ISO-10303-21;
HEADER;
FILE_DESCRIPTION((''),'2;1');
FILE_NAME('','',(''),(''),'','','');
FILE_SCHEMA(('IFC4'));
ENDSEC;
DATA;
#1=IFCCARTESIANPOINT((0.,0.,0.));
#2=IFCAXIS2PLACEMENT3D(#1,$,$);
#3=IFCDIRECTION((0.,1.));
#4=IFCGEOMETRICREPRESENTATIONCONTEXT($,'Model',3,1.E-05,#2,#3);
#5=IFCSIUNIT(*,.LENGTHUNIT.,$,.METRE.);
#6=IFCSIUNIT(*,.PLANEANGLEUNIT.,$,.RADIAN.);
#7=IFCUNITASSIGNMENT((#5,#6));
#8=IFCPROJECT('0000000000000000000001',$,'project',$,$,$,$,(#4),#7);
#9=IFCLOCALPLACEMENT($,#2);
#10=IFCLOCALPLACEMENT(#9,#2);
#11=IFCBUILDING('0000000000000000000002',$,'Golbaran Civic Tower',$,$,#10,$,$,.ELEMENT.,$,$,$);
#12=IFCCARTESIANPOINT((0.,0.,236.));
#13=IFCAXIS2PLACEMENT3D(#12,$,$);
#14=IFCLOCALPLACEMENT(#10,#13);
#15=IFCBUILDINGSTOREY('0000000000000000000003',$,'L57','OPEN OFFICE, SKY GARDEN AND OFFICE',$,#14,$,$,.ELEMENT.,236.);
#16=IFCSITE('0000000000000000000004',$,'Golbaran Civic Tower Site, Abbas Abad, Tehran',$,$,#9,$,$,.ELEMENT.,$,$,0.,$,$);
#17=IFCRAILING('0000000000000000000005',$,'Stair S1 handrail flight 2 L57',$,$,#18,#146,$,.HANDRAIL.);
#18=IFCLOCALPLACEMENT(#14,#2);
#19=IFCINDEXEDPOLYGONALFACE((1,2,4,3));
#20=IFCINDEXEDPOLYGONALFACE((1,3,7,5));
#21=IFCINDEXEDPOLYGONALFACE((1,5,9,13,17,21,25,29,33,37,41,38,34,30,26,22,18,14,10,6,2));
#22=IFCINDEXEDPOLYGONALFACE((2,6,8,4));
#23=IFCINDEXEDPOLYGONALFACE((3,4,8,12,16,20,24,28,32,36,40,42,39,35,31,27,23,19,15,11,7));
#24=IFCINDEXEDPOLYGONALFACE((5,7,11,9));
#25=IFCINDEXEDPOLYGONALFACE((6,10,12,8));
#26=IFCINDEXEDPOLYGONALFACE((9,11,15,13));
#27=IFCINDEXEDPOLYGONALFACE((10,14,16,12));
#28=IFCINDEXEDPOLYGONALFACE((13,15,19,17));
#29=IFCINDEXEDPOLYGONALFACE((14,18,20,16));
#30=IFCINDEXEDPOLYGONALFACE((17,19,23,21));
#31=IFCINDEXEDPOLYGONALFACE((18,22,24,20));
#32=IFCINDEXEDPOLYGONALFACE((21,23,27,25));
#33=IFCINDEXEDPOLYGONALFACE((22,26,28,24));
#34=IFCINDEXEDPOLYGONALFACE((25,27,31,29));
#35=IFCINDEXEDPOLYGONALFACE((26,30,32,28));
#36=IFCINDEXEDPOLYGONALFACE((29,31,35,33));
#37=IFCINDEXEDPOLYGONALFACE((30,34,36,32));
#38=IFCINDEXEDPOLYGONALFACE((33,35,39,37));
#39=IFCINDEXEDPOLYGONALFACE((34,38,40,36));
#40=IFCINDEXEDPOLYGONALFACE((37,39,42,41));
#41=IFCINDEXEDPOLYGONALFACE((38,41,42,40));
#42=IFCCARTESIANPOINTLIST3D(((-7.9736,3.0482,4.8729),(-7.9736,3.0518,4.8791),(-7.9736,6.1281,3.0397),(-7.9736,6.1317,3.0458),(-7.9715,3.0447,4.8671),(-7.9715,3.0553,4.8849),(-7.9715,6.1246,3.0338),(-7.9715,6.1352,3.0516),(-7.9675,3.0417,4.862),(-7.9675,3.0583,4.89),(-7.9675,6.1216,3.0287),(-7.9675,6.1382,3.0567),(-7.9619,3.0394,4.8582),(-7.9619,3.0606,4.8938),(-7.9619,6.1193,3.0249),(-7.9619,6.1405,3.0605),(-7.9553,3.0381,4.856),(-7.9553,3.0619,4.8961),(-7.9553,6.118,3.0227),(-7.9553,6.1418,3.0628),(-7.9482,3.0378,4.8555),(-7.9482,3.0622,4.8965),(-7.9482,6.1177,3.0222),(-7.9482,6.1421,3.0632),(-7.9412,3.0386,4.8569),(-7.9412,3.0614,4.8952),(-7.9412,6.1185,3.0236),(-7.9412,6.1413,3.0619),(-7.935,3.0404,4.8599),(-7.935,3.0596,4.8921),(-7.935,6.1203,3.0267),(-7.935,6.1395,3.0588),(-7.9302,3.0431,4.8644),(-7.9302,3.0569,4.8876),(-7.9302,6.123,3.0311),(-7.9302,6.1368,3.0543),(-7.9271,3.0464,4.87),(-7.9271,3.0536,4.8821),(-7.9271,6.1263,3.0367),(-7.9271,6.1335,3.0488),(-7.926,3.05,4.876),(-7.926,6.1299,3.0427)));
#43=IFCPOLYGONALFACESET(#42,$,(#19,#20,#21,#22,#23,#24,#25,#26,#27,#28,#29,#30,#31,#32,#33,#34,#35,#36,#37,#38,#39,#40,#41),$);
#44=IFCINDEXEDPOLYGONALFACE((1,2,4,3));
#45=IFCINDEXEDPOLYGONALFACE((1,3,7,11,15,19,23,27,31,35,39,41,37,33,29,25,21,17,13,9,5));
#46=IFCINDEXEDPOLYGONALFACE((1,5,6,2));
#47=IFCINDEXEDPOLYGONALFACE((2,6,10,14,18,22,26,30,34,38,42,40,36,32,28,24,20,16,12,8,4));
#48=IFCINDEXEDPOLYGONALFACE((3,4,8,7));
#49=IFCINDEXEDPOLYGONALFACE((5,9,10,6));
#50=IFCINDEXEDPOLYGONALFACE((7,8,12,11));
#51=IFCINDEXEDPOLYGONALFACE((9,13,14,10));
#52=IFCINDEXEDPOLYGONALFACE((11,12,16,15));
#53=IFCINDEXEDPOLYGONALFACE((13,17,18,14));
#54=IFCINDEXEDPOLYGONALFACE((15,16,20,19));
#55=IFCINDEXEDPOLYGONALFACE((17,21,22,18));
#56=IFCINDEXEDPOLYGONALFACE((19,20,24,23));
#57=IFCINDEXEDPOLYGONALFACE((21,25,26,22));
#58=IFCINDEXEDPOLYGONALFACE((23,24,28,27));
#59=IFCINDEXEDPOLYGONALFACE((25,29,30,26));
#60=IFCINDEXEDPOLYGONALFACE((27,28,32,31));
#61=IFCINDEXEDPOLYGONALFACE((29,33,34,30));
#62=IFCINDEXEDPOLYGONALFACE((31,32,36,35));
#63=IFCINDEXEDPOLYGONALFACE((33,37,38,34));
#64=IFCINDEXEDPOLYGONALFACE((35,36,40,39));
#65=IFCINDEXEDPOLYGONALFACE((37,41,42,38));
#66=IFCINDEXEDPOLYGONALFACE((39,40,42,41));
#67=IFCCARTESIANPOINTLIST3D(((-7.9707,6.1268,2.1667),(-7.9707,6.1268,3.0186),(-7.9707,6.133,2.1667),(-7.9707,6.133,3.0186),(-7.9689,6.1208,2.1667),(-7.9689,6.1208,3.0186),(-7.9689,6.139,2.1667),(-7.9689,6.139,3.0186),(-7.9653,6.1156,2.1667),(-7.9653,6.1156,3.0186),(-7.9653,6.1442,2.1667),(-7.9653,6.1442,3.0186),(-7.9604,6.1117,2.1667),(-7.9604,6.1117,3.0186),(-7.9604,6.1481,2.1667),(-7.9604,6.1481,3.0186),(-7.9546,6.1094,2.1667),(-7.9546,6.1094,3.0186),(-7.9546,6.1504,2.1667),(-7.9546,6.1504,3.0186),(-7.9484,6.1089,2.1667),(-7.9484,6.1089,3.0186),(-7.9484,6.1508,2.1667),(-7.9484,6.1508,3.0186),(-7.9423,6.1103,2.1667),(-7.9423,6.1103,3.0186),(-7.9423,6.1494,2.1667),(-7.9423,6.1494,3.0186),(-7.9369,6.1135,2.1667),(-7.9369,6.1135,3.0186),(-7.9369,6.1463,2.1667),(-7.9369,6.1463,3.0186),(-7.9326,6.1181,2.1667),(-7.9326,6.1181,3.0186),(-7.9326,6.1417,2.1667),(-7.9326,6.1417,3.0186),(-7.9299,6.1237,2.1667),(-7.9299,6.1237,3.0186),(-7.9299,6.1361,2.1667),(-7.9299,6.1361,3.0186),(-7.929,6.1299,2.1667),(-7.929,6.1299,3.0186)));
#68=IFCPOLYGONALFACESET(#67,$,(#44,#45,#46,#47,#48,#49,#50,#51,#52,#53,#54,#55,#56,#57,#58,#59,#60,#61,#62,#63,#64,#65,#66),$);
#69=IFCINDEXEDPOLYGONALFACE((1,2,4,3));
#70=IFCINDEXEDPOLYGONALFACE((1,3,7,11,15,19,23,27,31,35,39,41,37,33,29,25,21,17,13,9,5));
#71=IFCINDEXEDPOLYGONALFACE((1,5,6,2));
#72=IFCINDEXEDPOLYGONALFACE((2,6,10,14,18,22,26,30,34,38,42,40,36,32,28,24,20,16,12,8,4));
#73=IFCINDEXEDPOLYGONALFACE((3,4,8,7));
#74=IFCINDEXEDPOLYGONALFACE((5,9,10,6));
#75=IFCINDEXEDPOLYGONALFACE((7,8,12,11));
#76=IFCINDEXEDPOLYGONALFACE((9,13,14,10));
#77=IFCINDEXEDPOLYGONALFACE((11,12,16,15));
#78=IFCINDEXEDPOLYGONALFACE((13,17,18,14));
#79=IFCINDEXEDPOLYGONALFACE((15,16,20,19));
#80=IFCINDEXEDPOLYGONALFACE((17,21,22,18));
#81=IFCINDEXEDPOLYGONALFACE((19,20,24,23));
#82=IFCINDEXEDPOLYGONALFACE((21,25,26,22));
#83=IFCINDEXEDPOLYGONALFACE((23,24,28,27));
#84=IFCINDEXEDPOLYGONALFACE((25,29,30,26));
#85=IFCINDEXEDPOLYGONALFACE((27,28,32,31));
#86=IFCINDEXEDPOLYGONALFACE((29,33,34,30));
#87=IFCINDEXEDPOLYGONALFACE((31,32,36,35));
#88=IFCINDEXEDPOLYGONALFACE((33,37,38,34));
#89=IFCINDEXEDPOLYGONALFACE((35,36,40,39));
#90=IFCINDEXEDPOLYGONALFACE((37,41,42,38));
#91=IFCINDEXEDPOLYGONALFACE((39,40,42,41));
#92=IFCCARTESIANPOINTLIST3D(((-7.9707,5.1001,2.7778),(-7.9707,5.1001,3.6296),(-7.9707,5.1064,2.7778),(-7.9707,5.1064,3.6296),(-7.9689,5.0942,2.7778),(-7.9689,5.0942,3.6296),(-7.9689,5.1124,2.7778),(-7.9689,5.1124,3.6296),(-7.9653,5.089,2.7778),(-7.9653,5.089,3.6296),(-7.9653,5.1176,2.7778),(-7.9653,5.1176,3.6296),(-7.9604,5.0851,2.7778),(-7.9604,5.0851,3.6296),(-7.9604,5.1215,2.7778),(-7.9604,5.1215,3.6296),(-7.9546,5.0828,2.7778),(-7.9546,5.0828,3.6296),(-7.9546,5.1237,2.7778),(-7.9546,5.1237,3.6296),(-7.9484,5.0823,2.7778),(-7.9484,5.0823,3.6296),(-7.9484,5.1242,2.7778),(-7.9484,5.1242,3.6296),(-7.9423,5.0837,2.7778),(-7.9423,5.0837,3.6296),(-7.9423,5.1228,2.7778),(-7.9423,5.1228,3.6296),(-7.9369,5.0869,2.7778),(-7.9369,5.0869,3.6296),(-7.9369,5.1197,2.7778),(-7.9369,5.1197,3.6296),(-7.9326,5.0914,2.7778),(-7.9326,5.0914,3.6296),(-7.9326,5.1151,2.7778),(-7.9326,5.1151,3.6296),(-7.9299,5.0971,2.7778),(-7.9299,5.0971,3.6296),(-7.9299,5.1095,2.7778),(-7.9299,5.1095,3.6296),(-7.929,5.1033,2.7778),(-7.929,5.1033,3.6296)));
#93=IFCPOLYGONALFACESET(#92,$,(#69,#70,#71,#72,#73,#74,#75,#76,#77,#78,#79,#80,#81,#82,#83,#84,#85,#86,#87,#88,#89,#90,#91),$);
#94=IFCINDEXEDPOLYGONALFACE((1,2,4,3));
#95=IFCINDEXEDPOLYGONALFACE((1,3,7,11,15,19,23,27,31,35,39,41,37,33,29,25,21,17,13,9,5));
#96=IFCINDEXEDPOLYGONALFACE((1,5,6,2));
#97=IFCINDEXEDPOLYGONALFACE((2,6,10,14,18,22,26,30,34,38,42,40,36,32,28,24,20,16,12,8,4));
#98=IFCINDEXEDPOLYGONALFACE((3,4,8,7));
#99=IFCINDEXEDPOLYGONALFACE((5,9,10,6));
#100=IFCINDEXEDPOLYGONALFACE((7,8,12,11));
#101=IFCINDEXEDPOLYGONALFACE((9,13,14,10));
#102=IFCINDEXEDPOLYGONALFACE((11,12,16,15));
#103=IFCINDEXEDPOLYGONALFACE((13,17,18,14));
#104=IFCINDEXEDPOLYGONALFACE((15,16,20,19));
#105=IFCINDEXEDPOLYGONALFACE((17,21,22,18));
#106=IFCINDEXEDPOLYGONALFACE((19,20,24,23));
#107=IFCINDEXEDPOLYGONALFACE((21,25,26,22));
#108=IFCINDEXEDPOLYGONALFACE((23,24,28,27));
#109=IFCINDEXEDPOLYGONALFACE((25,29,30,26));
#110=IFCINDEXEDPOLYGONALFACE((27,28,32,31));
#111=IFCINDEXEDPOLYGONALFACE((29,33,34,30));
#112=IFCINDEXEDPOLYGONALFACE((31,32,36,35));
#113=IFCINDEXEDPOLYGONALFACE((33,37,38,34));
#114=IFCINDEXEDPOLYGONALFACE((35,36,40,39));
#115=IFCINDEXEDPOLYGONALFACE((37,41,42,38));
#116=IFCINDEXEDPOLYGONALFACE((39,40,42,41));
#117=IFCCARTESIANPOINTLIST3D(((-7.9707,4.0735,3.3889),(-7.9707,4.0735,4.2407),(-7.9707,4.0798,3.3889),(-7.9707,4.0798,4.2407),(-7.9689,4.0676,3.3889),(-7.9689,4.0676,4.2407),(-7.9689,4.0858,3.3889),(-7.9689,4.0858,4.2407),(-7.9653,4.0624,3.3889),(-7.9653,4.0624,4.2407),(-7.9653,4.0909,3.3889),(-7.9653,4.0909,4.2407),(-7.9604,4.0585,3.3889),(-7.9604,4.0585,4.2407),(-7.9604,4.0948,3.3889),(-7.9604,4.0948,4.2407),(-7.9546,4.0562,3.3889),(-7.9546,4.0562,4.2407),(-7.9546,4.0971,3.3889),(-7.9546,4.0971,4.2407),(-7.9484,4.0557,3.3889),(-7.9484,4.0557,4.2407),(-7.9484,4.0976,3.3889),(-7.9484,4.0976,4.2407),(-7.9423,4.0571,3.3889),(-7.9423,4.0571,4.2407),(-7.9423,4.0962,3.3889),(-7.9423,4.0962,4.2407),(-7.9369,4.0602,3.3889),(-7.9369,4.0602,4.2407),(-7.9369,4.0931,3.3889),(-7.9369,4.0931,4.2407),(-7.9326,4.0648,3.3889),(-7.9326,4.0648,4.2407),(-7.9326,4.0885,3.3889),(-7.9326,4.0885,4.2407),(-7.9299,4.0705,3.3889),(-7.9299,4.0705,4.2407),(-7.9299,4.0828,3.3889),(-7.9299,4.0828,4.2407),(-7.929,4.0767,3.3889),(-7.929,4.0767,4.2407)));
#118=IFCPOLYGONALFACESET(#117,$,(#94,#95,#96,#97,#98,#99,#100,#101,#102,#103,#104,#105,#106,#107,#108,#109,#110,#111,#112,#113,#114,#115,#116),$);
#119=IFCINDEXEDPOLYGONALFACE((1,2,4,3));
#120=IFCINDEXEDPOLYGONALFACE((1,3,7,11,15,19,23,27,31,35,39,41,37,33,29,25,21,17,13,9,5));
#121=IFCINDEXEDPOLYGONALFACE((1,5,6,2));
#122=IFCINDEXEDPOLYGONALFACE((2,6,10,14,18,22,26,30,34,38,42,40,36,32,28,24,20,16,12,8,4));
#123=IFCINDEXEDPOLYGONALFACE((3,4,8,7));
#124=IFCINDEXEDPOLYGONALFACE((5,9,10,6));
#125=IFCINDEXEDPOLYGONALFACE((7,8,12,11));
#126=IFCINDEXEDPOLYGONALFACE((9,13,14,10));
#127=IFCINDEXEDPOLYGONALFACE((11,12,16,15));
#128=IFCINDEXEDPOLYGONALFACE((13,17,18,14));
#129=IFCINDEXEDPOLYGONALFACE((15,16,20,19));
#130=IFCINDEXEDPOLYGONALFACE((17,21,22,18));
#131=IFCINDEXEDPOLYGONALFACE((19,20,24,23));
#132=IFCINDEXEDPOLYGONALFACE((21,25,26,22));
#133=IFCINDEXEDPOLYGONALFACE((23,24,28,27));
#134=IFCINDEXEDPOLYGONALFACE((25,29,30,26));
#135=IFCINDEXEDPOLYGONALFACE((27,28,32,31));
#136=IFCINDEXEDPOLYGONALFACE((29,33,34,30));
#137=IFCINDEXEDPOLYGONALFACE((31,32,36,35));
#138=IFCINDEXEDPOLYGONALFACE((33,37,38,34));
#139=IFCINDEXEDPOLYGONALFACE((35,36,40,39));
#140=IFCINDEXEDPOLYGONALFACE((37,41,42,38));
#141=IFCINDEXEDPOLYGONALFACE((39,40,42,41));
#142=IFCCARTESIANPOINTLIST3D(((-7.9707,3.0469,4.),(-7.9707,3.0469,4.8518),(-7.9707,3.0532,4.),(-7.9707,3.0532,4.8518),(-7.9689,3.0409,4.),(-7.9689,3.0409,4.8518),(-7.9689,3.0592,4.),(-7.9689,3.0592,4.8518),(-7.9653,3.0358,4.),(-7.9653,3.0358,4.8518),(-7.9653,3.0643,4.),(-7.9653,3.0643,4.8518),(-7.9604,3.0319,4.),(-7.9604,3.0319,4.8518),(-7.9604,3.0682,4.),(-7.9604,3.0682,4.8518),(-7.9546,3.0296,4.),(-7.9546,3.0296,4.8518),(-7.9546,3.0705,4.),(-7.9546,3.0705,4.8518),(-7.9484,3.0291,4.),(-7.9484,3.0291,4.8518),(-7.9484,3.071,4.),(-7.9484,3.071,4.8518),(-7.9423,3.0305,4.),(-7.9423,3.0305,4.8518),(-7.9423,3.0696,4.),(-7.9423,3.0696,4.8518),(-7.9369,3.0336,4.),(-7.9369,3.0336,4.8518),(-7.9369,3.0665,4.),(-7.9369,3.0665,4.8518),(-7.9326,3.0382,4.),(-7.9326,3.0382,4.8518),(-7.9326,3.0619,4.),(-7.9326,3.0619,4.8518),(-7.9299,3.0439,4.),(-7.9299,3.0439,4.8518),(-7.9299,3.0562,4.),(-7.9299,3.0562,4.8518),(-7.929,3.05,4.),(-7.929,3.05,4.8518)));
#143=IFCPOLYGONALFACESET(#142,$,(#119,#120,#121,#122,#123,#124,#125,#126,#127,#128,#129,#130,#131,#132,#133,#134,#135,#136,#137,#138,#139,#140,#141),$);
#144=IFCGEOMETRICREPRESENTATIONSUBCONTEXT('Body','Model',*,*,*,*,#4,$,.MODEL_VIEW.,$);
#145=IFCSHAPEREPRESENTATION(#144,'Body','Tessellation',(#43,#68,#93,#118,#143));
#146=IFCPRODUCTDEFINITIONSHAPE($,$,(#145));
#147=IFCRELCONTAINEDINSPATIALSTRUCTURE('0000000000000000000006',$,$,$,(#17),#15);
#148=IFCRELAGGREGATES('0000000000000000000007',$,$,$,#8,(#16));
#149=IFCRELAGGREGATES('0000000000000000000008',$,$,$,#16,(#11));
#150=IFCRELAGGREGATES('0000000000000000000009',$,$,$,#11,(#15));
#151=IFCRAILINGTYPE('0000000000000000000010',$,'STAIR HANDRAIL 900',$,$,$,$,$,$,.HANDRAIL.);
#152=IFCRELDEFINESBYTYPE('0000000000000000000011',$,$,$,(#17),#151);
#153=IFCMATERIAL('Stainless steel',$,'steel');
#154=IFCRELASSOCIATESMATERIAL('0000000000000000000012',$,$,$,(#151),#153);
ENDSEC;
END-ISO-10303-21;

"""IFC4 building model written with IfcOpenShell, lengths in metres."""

from ifc_helpers import new_model, si_unit, direction, frame, origin, origin_2d, place, context, subcontext, project, spatial, circle, extrude, material, type_object, element, save


model = new_model("IFC4")

# Units and contexts
model_context = context("Model", 3, precision=1e-05, world=origin(), true_north=direction((0.0, 1.0)))
body_context = subcontext(model_context, "Body", "Model", "MODEL_VIEW")
ifc_project = project(units=[si_unit("LENGTHUNIT", "METRE"), si_unit("PLANEANGLEUNIT", "RADIAN")], contexts=[model_context])

# Site, building, storey
site_placement = place(None, origin())
site = spatial("IfcSite", under=ifc_project, at=site_placement, Name="Golbaran Civic Tower Site, Abbas Abad, Tehran", CompositionType="ELEMENT", RefElevation=0.0)
building_placement = place(site_placement, origin())
building = spatial("IfcBuilding", under=site, at=building_placement, Name="Golbaran Civic Tower", CompositionType="ELEMENT")
storey_placement = place(building_placement, frame((0.0, 0.0, 236.0)))
storey = spatial("IfcBuildingStorey", under=building, at=storey_placement, Name="L57", Description="OPEN OFFICE, SKY GARDEN AND OFFICE", CompositionType="ELEMENT", Elevation=236.0)

# Shared definitions
ifc_material_1 = material(Name="Stainless steel", Category="steel")

# Railing
railing_type = type_object("IfcRailingType", Name="STAIR HANDRAIL 900", PredefinedType="HANDRAIL", material=ifc_material_1)
railing_1_placement = place(storey_placement, frame((-7.95, 6.1299, 2.1667)))
element("IfcRailing", 1, at=railing_1_placement, inside=storey, type_object=railing_type, Name="Stair S1 handrail flight 2 L57", PredefinedType="HANDRAIL", context=body_context, shape_type="SweptSolid", body=[
    extrude(circle(Radius=0.0239, at=origin_2d()), frame((0.0, 0.0, 0.876), z_axis=(0.0, -0.859291, 0.511487), x_axis=(1.0, 0.0, 0.0)), (0.0, 0.0, 1.0), 3.5842),
    extrude(circle(Radius=0.021, at=origin_2d()), origin(), (0.0, 0.0, 1.0), 0.8518),
    extrude(circle(Radius=0.021, at=origin_2d()), frame((0.0, -1.0266, 0.6111)), (0.0, 0.0, 1.0), 0.8518),
    extrude(circle(Radius=0.021, at=origin_2d()), frame((0.0, -2.0532, 1.2222)), (0.0, 0.0, 1.0), 0.8518),
    extrude(circle(Radius=0.021, at=origin_2d()), frame((0.0, -3.0798, 1.8333)), (0.0, 0.0, 1.0), 0.8518),
])

save(model, "model.ifc")
